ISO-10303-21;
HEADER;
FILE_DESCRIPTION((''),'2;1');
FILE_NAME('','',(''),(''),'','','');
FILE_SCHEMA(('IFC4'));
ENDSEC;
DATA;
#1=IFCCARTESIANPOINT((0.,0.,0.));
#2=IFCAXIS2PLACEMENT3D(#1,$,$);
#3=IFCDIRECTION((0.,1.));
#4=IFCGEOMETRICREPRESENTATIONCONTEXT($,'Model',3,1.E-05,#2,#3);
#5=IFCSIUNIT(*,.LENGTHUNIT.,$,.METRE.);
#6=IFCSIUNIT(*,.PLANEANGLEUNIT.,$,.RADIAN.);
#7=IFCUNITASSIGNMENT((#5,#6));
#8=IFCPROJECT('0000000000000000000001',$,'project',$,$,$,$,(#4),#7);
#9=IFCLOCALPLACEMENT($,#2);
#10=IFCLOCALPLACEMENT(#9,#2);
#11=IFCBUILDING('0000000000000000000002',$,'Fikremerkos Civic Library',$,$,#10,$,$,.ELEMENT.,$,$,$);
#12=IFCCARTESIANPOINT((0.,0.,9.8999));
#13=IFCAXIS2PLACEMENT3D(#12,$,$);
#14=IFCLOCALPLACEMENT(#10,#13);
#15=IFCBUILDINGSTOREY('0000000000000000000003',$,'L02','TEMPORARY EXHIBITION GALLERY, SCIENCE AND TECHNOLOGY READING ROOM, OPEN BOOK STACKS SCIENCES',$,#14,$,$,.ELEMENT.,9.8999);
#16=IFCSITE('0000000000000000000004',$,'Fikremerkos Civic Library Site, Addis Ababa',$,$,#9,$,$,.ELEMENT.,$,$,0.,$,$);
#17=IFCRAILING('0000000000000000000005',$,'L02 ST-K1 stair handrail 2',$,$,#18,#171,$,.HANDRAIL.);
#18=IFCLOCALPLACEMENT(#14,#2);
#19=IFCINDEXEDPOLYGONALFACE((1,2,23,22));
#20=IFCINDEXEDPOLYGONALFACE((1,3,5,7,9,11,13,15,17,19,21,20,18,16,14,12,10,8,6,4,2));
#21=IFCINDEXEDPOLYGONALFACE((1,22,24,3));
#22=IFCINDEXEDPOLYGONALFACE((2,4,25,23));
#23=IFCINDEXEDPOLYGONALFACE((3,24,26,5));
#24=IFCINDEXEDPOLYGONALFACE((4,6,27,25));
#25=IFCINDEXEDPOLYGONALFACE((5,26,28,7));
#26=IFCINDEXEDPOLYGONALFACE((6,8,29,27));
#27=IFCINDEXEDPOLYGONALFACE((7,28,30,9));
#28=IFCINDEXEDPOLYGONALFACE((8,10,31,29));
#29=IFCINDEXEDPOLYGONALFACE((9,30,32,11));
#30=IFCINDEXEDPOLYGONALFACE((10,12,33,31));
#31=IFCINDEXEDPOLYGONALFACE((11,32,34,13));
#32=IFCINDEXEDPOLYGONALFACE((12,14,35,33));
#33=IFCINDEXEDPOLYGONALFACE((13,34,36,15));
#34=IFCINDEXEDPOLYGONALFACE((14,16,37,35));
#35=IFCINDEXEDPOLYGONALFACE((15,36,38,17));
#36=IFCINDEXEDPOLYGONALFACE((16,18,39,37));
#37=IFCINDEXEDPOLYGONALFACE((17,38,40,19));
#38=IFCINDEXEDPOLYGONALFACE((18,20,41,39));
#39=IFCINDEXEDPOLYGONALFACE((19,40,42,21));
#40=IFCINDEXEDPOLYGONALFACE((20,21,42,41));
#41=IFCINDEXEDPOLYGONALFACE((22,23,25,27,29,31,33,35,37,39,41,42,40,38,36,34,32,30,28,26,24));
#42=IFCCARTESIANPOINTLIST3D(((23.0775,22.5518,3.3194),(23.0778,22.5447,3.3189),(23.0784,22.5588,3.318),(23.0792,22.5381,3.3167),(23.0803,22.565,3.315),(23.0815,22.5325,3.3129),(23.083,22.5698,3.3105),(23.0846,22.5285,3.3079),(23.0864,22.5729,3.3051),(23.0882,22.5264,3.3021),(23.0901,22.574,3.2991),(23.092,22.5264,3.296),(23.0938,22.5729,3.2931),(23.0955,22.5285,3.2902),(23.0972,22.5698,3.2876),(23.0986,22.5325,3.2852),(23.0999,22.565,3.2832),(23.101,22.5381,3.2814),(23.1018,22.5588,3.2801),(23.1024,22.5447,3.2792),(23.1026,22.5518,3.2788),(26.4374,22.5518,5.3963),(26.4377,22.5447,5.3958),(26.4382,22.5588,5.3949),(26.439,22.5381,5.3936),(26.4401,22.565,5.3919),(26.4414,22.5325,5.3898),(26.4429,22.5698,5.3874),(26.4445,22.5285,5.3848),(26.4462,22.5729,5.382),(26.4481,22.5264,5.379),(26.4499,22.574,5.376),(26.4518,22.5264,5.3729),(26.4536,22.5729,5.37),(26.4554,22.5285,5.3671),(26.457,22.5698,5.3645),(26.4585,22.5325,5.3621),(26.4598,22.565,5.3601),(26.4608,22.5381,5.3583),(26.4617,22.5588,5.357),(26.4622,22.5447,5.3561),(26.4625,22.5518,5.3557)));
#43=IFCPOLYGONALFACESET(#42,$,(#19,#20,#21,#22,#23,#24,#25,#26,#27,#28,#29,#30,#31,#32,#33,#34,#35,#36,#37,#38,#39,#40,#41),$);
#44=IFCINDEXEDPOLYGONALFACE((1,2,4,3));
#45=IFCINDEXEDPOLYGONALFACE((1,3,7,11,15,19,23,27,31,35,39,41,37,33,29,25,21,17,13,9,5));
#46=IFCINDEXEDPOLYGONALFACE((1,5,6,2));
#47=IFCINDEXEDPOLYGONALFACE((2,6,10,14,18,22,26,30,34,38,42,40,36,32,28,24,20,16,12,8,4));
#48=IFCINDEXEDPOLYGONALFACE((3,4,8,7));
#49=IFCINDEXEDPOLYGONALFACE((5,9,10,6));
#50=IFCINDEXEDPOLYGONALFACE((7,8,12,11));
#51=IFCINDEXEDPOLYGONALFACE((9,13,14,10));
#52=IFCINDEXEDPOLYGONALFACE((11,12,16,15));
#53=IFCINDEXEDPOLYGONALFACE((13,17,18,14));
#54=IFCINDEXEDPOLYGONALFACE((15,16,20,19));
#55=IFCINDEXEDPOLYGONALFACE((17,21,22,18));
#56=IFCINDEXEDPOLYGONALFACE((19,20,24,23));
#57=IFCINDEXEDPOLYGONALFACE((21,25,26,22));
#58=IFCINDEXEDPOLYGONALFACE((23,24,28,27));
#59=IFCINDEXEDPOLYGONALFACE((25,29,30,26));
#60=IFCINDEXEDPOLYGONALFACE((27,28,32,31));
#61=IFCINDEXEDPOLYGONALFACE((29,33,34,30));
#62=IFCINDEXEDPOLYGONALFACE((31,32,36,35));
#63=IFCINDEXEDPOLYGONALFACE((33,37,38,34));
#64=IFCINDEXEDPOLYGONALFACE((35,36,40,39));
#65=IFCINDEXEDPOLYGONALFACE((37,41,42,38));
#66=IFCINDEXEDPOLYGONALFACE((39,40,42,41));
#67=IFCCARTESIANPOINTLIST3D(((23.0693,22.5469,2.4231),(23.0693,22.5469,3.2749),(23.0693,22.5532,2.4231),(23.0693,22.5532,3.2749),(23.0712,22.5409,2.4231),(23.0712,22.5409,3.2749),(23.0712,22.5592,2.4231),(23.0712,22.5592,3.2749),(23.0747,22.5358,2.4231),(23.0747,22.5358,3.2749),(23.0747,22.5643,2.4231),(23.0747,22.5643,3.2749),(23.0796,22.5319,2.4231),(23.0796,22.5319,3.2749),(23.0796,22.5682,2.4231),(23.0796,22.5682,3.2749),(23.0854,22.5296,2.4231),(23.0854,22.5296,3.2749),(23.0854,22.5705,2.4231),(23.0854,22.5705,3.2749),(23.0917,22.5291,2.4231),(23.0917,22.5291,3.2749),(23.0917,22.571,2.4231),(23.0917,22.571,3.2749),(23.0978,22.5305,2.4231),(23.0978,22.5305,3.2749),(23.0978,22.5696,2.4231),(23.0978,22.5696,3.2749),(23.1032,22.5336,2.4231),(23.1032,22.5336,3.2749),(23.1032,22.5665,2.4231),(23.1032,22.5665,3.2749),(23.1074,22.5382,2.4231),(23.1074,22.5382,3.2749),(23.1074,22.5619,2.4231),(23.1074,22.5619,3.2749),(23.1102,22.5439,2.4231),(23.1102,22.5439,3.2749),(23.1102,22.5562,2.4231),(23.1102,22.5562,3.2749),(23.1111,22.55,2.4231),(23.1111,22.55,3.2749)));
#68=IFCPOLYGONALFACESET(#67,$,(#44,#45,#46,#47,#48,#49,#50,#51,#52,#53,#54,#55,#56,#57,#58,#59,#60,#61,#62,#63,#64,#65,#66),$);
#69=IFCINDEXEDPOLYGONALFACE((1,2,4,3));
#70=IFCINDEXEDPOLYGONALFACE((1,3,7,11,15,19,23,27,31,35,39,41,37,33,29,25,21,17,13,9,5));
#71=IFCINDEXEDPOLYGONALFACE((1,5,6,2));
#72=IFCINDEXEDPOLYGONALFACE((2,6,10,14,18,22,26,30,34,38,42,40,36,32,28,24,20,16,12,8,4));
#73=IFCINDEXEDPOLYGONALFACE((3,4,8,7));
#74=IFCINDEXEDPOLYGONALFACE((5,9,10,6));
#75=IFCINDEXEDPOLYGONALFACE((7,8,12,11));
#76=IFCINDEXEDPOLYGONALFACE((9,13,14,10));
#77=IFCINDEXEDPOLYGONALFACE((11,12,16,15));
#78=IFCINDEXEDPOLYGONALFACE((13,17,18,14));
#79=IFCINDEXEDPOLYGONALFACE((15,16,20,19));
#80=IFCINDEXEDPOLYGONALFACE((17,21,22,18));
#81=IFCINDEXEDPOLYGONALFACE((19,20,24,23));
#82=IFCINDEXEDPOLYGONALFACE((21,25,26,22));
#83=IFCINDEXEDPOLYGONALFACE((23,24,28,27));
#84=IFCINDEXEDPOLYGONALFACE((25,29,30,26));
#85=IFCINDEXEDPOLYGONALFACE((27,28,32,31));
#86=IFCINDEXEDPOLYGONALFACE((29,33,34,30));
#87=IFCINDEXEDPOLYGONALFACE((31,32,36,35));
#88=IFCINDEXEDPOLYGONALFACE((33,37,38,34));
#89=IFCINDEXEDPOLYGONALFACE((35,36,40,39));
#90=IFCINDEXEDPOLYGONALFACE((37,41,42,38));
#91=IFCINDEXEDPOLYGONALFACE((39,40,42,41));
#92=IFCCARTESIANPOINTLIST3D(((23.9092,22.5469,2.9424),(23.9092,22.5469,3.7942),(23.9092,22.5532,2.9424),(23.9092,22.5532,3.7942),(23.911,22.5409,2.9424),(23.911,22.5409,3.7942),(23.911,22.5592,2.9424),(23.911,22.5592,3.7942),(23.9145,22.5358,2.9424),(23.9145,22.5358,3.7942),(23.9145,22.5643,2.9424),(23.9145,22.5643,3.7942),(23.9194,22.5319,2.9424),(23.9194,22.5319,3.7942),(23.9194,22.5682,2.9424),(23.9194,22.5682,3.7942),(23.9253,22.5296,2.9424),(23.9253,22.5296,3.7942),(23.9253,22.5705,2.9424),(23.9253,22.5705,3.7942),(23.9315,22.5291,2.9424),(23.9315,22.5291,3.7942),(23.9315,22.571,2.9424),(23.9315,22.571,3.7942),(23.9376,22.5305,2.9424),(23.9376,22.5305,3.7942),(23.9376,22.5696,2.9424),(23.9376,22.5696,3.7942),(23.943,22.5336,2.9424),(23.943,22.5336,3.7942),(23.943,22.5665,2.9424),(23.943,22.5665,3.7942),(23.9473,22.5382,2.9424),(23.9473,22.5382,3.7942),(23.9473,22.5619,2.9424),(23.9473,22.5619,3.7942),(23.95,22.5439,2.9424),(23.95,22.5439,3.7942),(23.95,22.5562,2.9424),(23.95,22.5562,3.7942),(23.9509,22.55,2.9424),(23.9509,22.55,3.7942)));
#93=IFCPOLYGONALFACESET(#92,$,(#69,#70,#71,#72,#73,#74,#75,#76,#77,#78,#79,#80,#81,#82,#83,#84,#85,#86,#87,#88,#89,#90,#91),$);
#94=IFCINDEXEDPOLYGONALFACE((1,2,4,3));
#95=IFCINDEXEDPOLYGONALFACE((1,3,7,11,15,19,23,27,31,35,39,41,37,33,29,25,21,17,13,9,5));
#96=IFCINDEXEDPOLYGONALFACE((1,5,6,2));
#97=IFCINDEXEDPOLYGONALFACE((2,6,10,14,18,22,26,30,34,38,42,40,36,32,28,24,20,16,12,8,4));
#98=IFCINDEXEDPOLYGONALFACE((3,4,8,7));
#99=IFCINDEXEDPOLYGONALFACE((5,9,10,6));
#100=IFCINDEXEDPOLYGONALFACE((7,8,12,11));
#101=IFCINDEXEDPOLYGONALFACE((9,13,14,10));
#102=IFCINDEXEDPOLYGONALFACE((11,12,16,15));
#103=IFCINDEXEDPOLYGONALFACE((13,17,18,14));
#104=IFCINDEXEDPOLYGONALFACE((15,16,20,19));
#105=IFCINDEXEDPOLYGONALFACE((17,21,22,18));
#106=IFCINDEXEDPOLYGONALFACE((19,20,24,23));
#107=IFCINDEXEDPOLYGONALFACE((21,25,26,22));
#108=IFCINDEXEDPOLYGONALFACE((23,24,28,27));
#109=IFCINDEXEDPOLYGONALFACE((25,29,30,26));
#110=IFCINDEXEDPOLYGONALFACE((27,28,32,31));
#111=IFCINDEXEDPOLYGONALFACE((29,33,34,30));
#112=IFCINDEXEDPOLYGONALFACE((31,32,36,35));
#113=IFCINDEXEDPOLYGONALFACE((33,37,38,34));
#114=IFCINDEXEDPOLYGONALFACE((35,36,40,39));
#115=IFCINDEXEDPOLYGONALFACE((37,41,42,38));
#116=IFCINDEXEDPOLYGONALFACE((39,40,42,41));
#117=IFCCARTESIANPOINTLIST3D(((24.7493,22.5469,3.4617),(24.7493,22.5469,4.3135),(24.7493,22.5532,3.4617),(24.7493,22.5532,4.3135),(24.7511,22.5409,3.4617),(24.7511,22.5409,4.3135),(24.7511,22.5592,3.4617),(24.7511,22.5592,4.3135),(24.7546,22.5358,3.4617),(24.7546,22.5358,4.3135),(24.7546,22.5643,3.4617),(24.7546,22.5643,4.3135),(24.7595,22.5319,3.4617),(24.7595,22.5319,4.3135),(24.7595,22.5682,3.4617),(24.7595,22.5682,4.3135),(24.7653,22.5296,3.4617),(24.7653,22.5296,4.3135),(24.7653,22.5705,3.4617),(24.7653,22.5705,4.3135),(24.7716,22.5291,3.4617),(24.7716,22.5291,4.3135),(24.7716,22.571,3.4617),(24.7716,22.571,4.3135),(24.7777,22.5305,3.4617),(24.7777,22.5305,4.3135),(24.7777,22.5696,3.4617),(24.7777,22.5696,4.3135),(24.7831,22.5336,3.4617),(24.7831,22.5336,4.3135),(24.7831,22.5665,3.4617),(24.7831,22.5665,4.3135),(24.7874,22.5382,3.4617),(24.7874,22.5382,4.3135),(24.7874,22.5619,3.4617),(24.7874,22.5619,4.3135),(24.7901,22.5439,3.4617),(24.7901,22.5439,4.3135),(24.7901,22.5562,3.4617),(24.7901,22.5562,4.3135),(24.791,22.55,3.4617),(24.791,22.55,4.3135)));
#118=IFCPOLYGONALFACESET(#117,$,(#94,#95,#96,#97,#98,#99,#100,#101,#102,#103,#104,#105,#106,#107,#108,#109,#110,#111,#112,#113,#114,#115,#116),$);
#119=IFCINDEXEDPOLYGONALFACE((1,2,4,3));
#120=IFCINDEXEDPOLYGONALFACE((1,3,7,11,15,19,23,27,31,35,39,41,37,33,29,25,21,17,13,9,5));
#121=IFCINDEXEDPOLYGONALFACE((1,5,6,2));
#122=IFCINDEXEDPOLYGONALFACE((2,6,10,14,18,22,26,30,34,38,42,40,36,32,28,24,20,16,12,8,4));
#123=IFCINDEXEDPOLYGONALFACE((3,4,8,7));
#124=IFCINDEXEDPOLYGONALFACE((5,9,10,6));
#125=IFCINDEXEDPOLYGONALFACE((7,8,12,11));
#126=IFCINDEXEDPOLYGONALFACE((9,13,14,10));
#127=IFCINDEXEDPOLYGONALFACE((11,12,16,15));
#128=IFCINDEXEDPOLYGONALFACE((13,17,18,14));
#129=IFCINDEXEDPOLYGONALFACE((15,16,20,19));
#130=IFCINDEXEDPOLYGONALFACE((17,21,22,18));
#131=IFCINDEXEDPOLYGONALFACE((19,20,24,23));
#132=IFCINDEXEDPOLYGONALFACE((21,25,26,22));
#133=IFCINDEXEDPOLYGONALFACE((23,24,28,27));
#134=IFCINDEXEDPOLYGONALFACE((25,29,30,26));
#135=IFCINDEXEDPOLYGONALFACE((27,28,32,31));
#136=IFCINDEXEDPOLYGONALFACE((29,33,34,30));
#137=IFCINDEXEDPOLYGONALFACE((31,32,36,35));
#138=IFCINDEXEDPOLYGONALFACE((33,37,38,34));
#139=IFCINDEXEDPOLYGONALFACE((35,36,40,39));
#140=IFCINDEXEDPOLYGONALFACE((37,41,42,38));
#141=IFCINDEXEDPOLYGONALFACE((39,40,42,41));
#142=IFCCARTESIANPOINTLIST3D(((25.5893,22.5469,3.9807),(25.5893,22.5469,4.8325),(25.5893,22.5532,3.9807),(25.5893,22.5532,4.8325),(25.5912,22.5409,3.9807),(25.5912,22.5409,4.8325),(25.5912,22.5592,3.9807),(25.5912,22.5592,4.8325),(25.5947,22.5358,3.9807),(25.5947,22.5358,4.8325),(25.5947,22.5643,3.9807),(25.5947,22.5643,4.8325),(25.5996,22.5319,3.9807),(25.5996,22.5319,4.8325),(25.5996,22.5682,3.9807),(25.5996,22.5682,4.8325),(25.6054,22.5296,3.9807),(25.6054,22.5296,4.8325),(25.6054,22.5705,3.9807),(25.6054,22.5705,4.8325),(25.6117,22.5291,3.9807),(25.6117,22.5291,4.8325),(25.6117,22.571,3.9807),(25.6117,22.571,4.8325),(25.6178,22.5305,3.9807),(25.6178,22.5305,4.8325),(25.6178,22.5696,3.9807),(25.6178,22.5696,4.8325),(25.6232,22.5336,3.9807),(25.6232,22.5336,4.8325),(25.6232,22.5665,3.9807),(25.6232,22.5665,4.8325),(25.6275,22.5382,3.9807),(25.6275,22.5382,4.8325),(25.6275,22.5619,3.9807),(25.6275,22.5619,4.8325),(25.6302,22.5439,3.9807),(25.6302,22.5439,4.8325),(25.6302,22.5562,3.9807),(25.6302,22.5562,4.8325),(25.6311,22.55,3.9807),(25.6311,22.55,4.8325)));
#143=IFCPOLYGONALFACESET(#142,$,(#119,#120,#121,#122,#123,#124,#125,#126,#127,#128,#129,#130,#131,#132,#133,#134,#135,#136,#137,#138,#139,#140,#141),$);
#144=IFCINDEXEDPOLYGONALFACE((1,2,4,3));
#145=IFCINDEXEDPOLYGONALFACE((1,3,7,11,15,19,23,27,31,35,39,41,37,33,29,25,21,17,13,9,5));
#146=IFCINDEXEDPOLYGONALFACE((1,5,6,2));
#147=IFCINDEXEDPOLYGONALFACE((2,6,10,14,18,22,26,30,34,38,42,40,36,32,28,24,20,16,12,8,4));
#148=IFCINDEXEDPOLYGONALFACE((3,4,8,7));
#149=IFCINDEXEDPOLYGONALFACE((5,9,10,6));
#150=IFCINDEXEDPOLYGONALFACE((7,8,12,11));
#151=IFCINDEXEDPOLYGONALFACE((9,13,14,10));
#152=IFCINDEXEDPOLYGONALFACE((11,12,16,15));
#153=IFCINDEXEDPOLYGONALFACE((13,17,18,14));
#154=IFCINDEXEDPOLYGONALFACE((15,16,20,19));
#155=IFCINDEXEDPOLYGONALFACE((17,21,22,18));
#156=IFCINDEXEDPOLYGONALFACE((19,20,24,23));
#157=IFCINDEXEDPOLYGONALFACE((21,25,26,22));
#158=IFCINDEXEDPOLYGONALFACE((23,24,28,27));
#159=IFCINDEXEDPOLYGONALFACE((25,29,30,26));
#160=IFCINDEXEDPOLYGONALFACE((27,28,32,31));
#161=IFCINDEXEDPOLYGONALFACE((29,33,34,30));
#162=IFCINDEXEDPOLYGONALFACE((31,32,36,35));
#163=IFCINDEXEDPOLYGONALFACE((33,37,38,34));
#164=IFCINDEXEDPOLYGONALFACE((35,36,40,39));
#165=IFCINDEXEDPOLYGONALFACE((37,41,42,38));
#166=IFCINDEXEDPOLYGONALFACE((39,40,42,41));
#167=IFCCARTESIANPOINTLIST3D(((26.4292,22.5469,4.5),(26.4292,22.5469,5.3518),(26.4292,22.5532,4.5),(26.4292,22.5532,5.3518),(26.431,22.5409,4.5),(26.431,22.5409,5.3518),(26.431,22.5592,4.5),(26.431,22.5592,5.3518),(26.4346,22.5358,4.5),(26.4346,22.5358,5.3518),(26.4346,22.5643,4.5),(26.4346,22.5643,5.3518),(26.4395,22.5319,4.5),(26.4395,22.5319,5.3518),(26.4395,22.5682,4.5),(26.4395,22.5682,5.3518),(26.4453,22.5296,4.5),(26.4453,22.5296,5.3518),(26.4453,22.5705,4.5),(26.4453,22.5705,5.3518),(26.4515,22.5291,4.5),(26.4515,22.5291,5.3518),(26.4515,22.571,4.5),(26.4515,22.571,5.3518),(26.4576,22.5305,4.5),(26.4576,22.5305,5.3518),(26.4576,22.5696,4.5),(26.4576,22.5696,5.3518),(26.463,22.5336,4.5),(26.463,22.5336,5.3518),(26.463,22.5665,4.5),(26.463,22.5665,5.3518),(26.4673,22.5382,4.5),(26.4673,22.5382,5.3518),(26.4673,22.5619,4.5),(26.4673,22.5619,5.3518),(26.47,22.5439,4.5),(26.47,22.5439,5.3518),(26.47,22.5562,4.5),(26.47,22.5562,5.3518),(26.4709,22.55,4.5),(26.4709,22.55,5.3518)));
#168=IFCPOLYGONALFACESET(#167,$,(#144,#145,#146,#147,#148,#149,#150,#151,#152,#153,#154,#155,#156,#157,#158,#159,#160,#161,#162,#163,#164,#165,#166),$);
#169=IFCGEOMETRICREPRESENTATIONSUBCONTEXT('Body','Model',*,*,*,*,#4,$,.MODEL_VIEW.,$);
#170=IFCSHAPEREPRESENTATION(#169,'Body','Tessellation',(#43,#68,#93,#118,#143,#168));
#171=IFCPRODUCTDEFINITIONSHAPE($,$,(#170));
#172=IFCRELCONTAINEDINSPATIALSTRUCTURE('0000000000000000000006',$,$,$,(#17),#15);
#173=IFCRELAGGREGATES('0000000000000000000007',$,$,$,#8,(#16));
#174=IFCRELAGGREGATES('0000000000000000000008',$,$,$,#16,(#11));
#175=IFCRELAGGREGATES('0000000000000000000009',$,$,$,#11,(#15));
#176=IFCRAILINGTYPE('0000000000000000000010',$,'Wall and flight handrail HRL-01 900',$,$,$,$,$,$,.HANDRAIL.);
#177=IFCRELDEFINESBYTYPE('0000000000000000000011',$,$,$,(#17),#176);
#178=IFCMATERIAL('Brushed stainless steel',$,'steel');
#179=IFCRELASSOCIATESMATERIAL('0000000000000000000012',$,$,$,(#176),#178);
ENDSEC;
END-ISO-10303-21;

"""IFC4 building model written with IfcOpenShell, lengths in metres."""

from ifc_helpers import new_model, si_unit, direction, frame, origin, origin_2d, place, context, subcontext, project, spatial, circle, extrude, material, type_object, element, save


model = new_model("IFC4")

# Units and contexts
model_context = context("Model", 3, precision=1e-05, world=origin(), true_north=direction((0.0, 1.0)))
body_context = subcontext(model_context, "Body", "Model", "MODEL_VIEW")
ifc_project = project(units=[si_unit("LENGTHUNIT", "METRE"), si_unit("PLANEANGLEUNIT", "RADIAN")], contexts=[model_context])

# Site, building, storey
site_placement = place(None, origin())
site = spatial("IfcSite", under=ifc_project, at=site_placement, Name="Fikremerkos Civic Library Site, Addis Ababa", CompositionType="ELEMENT", RefElevation=0.0)
building_placement = place(site_placement, origin())
building = spatial("IfcBuilding", under=site, at=building_placement, Name="Fikremerkos Civic Library", CompositionType="ELEMENT")
storey_placement = place(building_placement, frame((0.0, 0.0, 9.8999)))
storey = spatial("IfcBuildingStorey", under=building, at=storey_placement, Name="L02", Description="TEMPORARY EXHIBITION GALLERY, SCIENCE AND TECHNOLOGY READING ROOM, OPEN BOOK STACKS SCIENCES", CompositionType="ELEMENT", Elevation=9.8999)

# Railing
ifc_material_1 = material(Name="Brushed stainless steel", Category="steel")
railing_type_1 = type_object("IfcRailingType", Name="Wall and flight handrail HRL-01 900", PredefinedType="HANDRAIL", material=ifc_material_1)
railing_1_placement = place(storey_placement, frame((23.0901, 22.55, 2.4231)))
element("IfcRailing", 1, at=railing_1_placement, inside=storey, type_object=railing_type_1, Name="L02 ST-K1 stair handrail 2", PredefinedType="HANDRAIL", context=body_context, shape_type="SweptSolid", body=[
    extrude(circle(Radius=0.0239, at=origin_2d()), frame((0.0, 0.0, 0.876), z_axis=(0.850606, 0.0, 0.525803), x_axis=(0.0, 1.0, 0.0)), (0.0, 0.0, 1.0), 3.95),
    extrude(circle(Radius=0.021, at=origin_2d()), origin(), (0.0, 0.0, 1.0), 0.8518),
    extrude(circle(Radius=0.021, at=origin_2d()), frame((0.8398, 0.0, 0.5193)), (0.0, 0.0, 1.0), 0.8518),
    extrude(circle(Radius=0.021, at=origin_2d()), frame((1.6799, 0.0, 1.0386)), (0.0, 0.0, 1.0), 0.8518),
    extrude(circle(Radius=0.021, at=origin_2d()), frame((2.52, 0.0, 1.5576)), (0.0, 0.0, 1.0), 0.8518),
    extrude(circle(Radius=0.021, at=origin_2d()), frame((3.3599, 0.0, 2.0769)), (0.0, 0.0, 1.0), 0.8518),
])

save(model, "model.ifc")
